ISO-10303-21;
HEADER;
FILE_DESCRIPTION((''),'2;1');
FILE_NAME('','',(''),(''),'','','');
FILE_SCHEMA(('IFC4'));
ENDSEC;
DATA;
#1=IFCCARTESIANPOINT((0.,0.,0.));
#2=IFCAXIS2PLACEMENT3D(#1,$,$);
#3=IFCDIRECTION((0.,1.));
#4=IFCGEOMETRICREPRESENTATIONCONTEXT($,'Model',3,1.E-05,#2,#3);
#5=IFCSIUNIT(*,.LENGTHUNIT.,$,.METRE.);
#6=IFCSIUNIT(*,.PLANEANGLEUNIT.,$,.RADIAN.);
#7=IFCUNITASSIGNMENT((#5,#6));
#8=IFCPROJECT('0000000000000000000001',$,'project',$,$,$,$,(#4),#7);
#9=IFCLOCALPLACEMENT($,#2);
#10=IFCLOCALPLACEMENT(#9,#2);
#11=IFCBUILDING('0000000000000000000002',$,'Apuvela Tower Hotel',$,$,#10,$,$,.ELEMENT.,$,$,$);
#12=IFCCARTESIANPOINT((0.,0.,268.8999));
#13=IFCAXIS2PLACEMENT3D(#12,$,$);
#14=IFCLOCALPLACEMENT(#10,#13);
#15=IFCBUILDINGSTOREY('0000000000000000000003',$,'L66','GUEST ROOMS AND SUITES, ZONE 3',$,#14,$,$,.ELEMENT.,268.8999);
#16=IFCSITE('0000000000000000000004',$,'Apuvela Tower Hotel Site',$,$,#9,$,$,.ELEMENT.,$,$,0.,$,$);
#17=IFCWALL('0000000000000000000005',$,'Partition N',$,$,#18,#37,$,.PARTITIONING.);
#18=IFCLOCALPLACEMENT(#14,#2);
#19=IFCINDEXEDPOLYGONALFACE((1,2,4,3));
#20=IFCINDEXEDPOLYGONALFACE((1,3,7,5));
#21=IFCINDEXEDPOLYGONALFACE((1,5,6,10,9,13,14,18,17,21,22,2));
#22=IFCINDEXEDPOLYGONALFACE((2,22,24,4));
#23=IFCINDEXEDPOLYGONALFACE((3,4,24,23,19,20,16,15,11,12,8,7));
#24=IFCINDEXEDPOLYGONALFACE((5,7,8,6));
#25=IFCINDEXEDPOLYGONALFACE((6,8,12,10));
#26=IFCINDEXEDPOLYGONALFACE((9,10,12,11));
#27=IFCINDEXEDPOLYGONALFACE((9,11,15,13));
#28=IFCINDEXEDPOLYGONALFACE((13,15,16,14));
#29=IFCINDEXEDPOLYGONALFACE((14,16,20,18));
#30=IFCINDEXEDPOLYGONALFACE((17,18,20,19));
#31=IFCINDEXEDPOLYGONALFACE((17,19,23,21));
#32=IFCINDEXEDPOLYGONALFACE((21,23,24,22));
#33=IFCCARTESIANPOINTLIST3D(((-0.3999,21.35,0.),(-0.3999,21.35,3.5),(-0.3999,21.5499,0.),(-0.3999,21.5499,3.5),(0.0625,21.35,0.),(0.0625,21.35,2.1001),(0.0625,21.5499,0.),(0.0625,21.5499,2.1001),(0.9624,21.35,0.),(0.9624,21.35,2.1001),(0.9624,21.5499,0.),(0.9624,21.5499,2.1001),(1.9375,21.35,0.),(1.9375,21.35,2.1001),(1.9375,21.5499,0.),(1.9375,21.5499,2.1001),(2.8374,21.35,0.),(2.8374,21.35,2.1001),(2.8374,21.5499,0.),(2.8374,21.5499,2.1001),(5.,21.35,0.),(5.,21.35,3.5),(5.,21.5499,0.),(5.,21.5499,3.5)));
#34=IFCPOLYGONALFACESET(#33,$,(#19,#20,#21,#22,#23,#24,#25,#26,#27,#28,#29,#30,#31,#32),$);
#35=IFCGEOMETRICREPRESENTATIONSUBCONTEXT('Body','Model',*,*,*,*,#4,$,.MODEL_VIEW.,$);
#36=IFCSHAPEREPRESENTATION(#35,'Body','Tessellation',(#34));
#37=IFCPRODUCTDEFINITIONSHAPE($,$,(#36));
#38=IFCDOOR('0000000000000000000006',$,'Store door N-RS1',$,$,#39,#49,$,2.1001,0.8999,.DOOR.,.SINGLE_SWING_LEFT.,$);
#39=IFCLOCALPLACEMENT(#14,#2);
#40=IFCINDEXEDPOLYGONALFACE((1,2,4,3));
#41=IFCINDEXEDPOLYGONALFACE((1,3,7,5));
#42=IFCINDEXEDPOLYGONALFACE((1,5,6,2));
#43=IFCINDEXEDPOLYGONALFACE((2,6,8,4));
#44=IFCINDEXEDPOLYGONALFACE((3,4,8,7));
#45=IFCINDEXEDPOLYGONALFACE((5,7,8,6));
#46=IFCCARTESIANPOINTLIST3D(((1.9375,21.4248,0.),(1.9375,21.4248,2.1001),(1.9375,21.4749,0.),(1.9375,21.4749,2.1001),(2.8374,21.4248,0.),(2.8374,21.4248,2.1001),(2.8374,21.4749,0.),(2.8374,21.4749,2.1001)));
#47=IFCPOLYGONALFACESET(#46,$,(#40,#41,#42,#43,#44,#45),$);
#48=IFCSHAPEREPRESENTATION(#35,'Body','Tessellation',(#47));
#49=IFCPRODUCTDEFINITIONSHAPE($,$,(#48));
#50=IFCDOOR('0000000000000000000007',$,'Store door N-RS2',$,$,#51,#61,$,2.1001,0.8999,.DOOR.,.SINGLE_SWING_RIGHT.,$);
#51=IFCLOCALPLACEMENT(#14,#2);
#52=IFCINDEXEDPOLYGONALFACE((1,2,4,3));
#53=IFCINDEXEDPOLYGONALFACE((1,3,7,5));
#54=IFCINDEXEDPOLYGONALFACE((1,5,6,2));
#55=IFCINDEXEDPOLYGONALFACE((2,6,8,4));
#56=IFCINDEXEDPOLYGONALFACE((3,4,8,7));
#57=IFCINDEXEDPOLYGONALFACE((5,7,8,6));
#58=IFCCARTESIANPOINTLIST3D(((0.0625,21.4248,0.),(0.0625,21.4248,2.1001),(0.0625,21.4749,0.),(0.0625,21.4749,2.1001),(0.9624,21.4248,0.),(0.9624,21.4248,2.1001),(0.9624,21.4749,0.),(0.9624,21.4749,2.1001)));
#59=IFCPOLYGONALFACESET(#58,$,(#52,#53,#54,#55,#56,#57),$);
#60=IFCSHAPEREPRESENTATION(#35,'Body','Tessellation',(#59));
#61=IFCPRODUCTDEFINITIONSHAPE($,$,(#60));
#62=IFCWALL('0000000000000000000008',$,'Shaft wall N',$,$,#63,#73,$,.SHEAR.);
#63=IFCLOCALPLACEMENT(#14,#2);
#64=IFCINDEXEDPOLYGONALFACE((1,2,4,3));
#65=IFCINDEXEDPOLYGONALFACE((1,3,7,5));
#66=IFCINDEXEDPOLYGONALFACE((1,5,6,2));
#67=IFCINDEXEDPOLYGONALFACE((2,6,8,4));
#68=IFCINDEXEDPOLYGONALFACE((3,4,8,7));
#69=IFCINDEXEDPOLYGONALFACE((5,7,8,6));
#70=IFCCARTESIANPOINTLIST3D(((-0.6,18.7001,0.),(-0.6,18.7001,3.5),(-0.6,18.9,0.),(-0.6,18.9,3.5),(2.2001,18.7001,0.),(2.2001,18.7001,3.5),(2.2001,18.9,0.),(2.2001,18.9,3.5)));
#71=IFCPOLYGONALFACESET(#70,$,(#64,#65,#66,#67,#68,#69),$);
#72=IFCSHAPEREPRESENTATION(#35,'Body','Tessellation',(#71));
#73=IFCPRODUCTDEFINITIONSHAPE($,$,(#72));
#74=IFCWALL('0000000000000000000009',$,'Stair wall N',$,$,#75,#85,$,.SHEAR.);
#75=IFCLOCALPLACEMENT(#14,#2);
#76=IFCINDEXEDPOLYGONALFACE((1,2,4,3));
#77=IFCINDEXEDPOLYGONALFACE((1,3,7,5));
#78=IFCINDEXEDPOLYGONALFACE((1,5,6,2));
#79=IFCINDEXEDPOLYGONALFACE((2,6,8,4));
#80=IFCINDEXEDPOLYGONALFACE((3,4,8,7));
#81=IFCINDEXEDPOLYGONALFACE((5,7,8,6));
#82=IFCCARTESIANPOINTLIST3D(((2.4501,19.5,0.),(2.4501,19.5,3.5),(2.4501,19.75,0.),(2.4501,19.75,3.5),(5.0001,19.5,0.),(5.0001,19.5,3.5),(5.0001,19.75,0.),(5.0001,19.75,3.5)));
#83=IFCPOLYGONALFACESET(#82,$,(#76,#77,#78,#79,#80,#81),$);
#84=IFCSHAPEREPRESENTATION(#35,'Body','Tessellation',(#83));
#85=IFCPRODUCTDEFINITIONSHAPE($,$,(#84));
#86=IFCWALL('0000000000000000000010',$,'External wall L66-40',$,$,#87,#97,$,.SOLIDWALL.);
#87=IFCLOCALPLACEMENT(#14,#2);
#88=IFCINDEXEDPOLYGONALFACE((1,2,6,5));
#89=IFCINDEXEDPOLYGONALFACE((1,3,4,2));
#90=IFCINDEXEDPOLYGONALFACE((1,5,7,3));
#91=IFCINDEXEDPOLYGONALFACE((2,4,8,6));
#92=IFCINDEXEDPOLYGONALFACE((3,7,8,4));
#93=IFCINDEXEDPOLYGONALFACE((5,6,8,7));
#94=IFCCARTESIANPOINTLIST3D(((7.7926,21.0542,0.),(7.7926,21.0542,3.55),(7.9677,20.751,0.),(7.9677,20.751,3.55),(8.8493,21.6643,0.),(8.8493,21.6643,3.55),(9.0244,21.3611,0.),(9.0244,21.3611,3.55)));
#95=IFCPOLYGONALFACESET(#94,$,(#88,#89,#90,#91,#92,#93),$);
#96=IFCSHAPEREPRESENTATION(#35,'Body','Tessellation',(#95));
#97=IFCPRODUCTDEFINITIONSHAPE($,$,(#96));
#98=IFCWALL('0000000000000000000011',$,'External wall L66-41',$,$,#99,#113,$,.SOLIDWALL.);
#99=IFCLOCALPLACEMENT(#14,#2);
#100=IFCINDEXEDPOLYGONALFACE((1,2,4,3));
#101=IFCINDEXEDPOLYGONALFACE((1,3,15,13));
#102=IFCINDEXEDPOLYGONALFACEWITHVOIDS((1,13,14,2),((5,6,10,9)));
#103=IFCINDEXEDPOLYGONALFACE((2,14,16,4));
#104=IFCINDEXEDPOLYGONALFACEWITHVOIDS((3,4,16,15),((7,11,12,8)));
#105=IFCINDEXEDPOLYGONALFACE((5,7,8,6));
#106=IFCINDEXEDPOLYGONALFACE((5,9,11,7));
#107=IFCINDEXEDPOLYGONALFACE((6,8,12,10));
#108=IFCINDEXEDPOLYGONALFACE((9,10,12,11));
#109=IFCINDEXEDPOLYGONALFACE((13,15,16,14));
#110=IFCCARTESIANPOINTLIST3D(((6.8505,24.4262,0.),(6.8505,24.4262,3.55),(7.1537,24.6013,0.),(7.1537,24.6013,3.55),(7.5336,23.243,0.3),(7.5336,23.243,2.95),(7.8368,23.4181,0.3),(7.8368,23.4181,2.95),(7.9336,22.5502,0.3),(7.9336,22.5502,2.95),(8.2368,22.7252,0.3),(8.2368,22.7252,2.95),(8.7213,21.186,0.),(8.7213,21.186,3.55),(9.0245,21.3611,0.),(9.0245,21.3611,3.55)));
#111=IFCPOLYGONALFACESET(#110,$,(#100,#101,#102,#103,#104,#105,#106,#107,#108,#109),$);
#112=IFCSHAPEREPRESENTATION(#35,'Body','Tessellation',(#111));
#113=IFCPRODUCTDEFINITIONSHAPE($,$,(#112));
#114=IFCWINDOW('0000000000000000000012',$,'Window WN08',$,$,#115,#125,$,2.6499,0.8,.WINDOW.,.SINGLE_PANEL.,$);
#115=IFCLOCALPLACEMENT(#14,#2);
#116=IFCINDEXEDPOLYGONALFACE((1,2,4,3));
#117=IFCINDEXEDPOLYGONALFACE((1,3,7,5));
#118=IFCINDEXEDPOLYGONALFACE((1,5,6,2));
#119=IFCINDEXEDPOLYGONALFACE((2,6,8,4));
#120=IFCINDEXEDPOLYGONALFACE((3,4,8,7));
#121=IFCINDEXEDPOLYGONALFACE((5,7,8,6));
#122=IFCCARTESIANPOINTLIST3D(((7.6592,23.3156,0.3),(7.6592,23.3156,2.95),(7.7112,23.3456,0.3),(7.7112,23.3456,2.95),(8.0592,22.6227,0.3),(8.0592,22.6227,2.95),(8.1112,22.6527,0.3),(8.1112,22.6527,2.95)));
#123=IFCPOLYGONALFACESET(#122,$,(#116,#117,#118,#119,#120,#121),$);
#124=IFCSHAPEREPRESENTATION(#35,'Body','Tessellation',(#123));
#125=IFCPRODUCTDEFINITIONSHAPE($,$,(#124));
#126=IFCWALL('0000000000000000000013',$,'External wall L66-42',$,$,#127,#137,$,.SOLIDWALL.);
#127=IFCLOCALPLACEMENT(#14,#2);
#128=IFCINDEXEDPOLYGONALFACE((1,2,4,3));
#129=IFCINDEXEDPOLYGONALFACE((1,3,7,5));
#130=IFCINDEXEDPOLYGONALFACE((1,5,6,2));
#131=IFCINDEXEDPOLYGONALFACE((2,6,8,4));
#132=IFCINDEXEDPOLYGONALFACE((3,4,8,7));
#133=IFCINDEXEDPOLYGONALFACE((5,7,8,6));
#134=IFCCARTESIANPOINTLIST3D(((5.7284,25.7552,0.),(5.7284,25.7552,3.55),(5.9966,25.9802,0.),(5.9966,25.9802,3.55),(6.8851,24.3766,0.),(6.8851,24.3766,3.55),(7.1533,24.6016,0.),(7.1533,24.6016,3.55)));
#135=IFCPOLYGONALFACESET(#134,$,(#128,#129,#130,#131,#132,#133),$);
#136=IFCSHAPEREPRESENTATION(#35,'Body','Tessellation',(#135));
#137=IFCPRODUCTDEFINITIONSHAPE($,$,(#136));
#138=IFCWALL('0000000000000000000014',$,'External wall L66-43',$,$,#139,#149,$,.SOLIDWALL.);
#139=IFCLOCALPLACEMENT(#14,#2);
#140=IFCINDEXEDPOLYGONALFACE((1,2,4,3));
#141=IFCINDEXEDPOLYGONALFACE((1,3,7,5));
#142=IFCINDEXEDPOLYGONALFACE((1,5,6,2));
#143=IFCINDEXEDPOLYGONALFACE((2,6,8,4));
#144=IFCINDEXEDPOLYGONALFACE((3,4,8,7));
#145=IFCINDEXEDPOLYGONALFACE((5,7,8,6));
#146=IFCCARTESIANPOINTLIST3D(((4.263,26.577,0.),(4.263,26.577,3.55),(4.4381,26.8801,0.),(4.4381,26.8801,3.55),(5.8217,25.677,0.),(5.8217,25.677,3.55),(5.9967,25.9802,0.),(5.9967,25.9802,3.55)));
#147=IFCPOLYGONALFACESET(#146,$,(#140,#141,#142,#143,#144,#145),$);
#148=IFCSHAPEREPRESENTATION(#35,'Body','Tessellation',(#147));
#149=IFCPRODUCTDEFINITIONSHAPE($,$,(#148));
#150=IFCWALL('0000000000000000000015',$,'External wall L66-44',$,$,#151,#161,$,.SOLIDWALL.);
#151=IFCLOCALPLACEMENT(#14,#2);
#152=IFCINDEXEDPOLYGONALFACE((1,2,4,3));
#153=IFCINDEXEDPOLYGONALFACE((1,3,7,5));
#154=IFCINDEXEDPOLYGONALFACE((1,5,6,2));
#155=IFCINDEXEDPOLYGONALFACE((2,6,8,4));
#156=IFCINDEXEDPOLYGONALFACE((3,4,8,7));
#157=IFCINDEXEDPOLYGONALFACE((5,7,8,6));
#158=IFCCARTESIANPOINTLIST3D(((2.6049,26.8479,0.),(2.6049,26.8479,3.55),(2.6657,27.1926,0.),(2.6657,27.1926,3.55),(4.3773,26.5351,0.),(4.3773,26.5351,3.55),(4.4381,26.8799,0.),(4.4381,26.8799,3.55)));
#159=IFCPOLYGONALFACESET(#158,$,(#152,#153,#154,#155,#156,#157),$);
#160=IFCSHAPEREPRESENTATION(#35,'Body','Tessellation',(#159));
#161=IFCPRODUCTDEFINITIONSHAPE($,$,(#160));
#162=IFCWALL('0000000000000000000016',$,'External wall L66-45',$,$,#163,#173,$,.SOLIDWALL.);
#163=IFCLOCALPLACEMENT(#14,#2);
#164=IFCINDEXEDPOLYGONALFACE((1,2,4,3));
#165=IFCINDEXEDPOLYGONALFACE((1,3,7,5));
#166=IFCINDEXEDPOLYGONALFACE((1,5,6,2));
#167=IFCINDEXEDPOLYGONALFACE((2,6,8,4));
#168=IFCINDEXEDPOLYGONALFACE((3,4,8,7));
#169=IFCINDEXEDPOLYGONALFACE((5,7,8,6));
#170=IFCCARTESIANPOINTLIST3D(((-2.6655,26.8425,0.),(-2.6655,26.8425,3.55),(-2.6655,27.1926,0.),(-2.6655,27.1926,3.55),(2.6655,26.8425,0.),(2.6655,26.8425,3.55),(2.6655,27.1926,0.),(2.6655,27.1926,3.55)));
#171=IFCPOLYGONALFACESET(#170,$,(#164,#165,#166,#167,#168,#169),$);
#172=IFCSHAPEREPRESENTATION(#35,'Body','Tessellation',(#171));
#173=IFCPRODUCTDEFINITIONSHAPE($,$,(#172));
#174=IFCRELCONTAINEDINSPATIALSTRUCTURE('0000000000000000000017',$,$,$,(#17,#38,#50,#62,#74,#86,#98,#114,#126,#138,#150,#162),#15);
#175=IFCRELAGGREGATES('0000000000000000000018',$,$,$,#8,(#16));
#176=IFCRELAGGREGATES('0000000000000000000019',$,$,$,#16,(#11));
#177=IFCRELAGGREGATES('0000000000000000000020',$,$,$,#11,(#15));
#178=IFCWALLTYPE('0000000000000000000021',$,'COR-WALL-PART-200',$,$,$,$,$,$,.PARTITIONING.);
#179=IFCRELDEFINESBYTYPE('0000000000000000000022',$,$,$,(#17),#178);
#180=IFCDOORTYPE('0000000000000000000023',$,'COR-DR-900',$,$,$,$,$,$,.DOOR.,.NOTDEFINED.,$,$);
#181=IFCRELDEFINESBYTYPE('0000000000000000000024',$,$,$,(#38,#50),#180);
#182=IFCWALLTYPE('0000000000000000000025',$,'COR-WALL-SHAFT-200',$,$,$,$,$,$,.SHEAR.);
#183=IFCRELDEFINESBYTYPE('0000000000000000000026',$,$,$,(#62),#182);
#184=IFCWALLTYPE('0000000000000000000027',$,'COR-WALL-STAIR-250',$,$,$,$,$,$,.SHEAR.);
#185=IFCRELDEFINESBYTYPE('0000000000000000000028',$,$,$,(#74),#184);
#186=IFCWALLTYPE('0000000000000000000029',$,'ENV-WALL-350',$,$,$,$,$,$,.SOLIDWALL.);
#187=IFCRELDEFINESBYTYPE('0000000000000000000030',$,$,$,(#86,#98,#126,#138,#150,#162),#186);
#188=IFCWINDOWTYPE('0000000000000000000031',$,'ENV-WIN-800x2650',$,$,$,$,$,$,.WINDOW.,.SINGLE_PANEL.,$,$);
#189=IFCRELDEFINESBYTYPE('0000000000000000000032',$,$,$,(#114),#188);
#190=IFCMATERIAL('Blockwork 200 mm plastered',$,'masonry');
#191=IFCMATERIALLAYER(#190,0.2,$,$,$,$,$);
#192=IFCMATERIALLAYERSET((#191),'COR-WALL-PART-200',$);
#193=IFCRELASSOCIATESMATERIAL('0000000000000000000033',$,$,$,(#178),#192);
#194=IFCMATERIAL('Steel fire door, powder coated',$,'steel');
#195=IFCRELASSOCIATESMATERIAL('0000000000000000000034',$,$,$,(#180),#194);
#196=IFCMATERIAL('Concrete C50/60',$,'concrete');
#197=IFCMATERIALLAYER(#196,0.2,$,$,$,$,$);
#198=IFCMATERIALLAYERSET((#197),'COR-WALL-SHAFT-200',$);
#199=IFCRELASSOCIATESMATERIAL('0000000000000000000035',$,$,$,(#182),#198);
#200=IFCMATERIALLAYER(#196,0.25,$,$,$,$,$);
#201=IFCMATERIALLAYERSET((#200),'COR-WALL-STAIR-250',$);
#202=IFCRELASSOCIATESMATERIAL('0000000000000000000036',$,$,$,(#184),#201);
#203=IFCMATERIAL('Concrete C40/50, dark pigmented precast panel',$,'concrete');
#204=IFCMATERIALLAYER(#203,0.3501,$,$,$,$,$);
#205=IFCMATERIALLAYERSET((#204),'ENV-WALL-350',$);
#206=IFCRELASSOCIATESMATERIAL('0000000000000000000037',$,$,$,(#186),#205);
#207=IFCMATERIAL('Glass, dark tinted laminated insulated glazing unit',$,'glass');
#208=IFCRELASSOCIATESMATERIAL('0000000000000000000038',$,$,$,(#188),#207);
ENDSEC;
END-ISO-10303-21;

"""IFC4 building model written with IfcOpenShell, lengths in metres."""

from ifc_helpers import new_model, si_unit, direction, frame, frame_2d, origin, place, context, subcontext, project, spatial, rectangle, extrude, material, layer, layer_set, type_object, element, fill, save


model = new_model("IFC4")

# Units and contexts
model_context = context("Model", 3, precision=1e-05, world=origin(), true_north=direction((0.0, 1.0)))
body_context = subcontext(model_context, "Body", "Model", "MODEL_VIEW")
ifc_project = project(units=[si_unit("LENGTHUNIT", "METRE"), si_unit("PLANEANGLEUNIT", "RADIAN")], contexts=[model_context])

# Site, building, storey
site_placement = place(None, origin())
site = spatial("IfcSite", under=ifc_project, at=site_placement, Name="Apuvela Tower Hotel Site", CompositionType="ELEMENT", RefElevation=0.0)
building_placement = place(site_placement, origin())
building = spatial("IfcBuilding", under=site, at=building_placement, Name="Apuvela Tower Hotel", CompositionType="ELEMENT")
storey_placement = place(building_placement, frame((0.0, 0.0, 268.8999)))
storey = spatial("IfcBuildingStorey", under=building, at=storey_placement, Name="L66", Description="GUEST ROOMS AND SUITES, ZONE 3", CompositionType="ELEMENT", Elevation=268.8999)

# Wall, openings, doors
ifc_material_1 = material(Name="Blockwork 200 mm plastered", Category="masonry")
ifc_layer_1 = layer(ifc_material_1, 0.2)
ifc_layer_set_1 = layer_set([ifc_layer_1], Name="COR-WALL-PART-200")
wall_type_1 = type_object("IfcWallType", Name="COR-WALL-PART-200", PredefinedType="PARTITIONING", material=ifc_layer_set_1)
wall_1_placement = place(storey_placement, frame((5.0, 21.45, 0.0), z_axis=(0.0, 0.0, 1.0), x_axis=(-1.0, 0.0, 0.0)))
wall_1 = element("IfcWall", 1, at=wall_1_placement, inside=storey, type_object=wall_type_1, Name="Partition N", PredefinedType="PARTITIONING", context=body_context, shape_type="SweptSolid", body=[
    extrude(rectangle(XDim=5.3999, YDim=0.2, at=frame_2d((2.7, 0.0))), origin(), (0.0, 0.0, 1.0), 3.5),
])
opening_1_placement = place(wall_1_placement, frame((2.1626, 0.0, 0.0)))
opening_1 = element("IfcOpeningElement", 2, at=opening_1_placement, cuts=wall_1, PredefinedType="OPENING", context=body_context, shape_type="SweptSolid", body=[
    extrude(rectangle(XDim=0.8999, YDim=2.1001, at=frame_2d((0.45, 1.05))), frame((0.0, 0.1099, 0.0), z_axis=(0.0, -1.0, 0.0), x_axis=(1.0, 0.0, 0.0)), (0.0, 0.0, 1.0), 0.22),
])
opening_2_placement = place(wall_1_placement, frame((4.0376, 0.0, 0.0)))
opening_2 = element("IfcOpeningElement", 3, at=opening_2_placement, cuts=wall_1, PredefinedType="OPENING", context=body_context, shape_type="SweptSolid", body=[
    extrude(rectangle(XDim=0.8999, YDim=2.1001, at=frame_2d((0.45, 1.05))), frame((0.0, 0.1099, 0.0), z_axis=(0.0, -1.0, 0.0), x_axis=(1.0, 0.0, 0.0)), (0.0, 0.0, 1.0), 0.22),
])
ifc_material_2 = material(Name="Steel fire door, powder coated", Category="steel")
door_type_1 = type_object("IfcDoorType", Name="COR-DR-900", OperationType="NOTDEFINED", PredefinedType="DOOR", material=ifc_material_2)
door_1_placement = place(opening_1_placement, frame((0.8999, 0.0, 0.0), z_axis=(0.0, 0.0, 1.0), x_axis=(-1.0, 0.0, 0.0)))
door_1 = element("IfcDoor", 4, at=door_1_placement, inside=storey, type_object=door_type_1, Name="Store door N-RS1", OperationType="SINGLE_SWING_LEFT", OverallHeight=2.1001, OverallWidth=0.8999, PredefinedType="DOOR", context=body_context, shape_type="SweptSolid", body=[
    extrude(rectangle(XDim=0.8999, YDim=2.1001, at=frame_2d((0.45, 1.05))), frame((0.0, 0.0249, 0.0), z_axis=(0.0, -1.0, 0.0), x_axis=(1.0, 0.0, 0.0)), (0.0, 0.0, 1.0), 0.05),
])
fill(opening_1, door_1)
door_2_placement = place(opening_2_placement, frame((0.8999, 0.0, 0.0), z_axis=(0.0, 0.0, 1.0), x_axis=(-1.0, 0.0, 0.0)))
door_2 = element("IfcDoor", 5, at=door_2_placement, inside=storey, type_object=door_type_1, Name="Store door N-RS2", OperationType="SINGLE_SWING_RIGHT", OverallHeight=2.1001, OverallWidth=0.8999, PredefinedType="DOOR", context=body_context, shape_type="SweptSolid", body=[
    extrude(rectangle(XDim=0.8999, YDim=2.1001, at=frame_2d((0.45, 1.05))), frame((0.0, 0.0249, 0.0), z_axis=(0.0, -1.0, 0.0), x_axis=(1.0, 0.0, 0.0)), (0.0, 0.0, 1.0), 0.05),
])
fill(opening_2, door_2)

# Walls
ifc_material_3 = material(Name="Concrete C50/60", Category="concrete")
ifc_layer_2 = layer(ifc_material_3, 0.2)
ifc_layer_set_2 = layer_set([ifc_layer_2], Name="COR-WALL-SHAFT-200")
wall_type_2 = type_object("IfcWallType", Name="COR-WALL-SHAFT-200", PredefinedType="SHEAR", material=ifc_layer_set_2)
wall_2_placement = place(storey_placement, frame((2.2, 18.8, 0.0), z_axis=(0.0, 0.0, 1.0), x_axis=(-1.0, 0.0, 0.0)))
element("IfcWall", 6, at=wall_2_placement, inside=storey, type_object=wall_type_2, Name="Shaft wall N", PredefinedType="SHEAR", context=body_context, shape_type="SweptSolid", body=[
    extrude(rectangle(XDim=2.8, YDim=0.2, at=frame_2d((1.3999, 0.0))), origin(), (0.0, 0.0, 1.0), 3.5),
])
ifc_layer_3 = layer(ifc_material_3, 0.25)
ifc_layer_set_3 = layer_set([ifc_layer_3], Name="COR-WALL-STAIR-250")
wall_type_3 = type_object("IfcWallType", Name="COR-WALL-STAIR-250", PredefinedType="SHEAR", material=ifc_layer_set_3)
wall_3_placement = place(storey_placement, frame((5.0, 19.625, 0.0), z_axis=(0.0, 0.0, 1.0), x_axis=(-1.0, 0.0, 0.0)))
element("IfcWall", 7, at=wall_3_placement, inside=storey, type_object=wall_type_3, Name="Stair wall N", PredefinedType="SHEAR", context=body_context, shape_type="SweptSolid", body=[
    extrude(rectangle(XDim=2.55, YDim=0.25, at=frame_2d((1.2749, 0.0))), origin(), (0.0, 0.0, 1.0), 3.5),
])
ifc_material_4 = material(Name="Concrete C40/50, dark pigmented precast panel", Category="concrete")
ifc_layer_4 = layer(ifc_material_4, 0.3501)
ifc_layer_set_4 = layer_set([ifc_layer_4], Name="ENV-WALL-350")
wall_type_4 = type_object("IfcWallType", Name="ENV-WALL-350", PredefinedType="SOLIDWALL", material=ifc_layer_set_4)
wall_4_placement = place(storey_placement, frame((7.8801, 20.9026, 0.0), z_axis=(0.0, 0.0, 1.0), x_axis=(0.866006, 0.500034, 0.0)))
element("IfcWall", 8, at=wall_4_placement, inside=storey, type_object=wall_type_4, Name="External wall L66-40", PredefinedType="SOLIDWALL", context=body_context, shape_type="SweptSolid", body=[
    extrude(rectangle(XDim=1.2202, YDim=0.3501, at=frame_2d((0.6101, 0.0))), origin(), (0.0, 0.0, 1.0), 3.55),
])

# Wall, opening, window
wall_5_placement = place(storey_placement, frame((8.8728, 21.2737, 0.0), z_axis=(0.0, 0.0, 1.0), x_axis=(-0.50002, 0.866014, 0.0)))
wall_5 = element("IfcWall", 9, at=wall_5_placement, inside=storey, type_object=wall_type_4, Name="External wall L66-41", PredefinedType="SOLIDWALL", context=body_context, shape_type="SweptSolid", body=[
    extrude(rectangle(XDim=3.7415, YDim=0.3501, at=frame_2d((1.8706, 0.0))), origin(), (0.0, 0.0, 1.0), 3.55),
])
opening_3_placement = place(wall_5_placement, frame((1.5752, 0.0, 0.3)))
opening_3 = element("IfcOpeningElement", 10, at=opening_3_placement, cuts=wall_5, PredefinedType="OPENING", context=body_context, shape_type="SweptSolid", body=[
    extrude(rectangle(XDim=0.8, YDim=2.6499, at=frame_2d((0.3999, 1.325))), frame((0.0, 0.1851, 0.0), z_axis=(0.0, -1.0, 0.0), x_axis=(1.0, 0.0, 0.0)), (0.0, 0.0, 1.0), 0.3701),
])
ifc_material_5 = material(Name="Glass, dark tinted laminated insulated glazing unit", Category="glass")
window_type = type_object("IfcWindowType", Name="ENV-WIN-800x2650", PartitioningType="SINGLE_PANEL", PredefinedType="WINDOW", material=ifc_material_5)
window_placement = place(opening_3_placement, origin())
window = element("IfcWindow", 11, at=window_placement, inside=storey, type_object=window_type, Name="Window WN08", OverallHeight=2.6499, OverallWidth=0.8, PartitioningType="SINGLE_PANEL", PredefinedType="WINDOW", context=body_context, shape_type="SweptSolid", body=[
    extrude(rectangle(XDim=0.8, YDim=2.6499, at=frame_2d((0.3999, 1.325))), frame((0.0, 0.03, 0.0), z_axis=(0.0, -1.0, 0.0), x_axis=(1.0, 0.0, 0.0)), (0.0, 0.0, 1.0), 0.0601),
])
fill(opening_3, window)

# Walls
wall_6_placement = place(storey_placement, frame((7.0193, 24.489, 0.0), z_axis=(0.0, 0.0, 1.0), x_axis=(-0.642756, 0.766071, 0.0)))
element("IfcWall", 12, at=wall_6_placement, inside=storey, type_object=wall_type_4, Name="External wall L66-42", PredefinedType="SOLIDWALL", context=body_context, shape_type="SweptSolid", body=[
    extrude(rectangle(XDim=1.7996, YDim=0.3501, at=frame_2d((0.8999, 0.0))), origin(), (0.0, 0.0, 1.0), 3.55),
])
for number, where, z_axis, x_axis, name in (
    (13, (5.9092, 25.8286, 0.0), (0.0, 0.0, 1.0), (-0.866014, 0.50002, 0.0), "External wall L66-43"),
    (14, (4.4077, 26.7075, 0.0), (0.0, 0.0, 1.0), (-0.984788, 0.173762, 0.0), "External wall L66-44"),
):
    element("IfcWall", number, at=place(storey_placement, frame(where, z_axis=z_axis, x_axis=x_axis)), inside=storey, type_object=wall_type_4, Name=name, PredefinedType="SOLIDWALL", context=body_context, shape_type="SweptSolid", body=[
        extrude(rectangle(XDim=1.7998, YDim=0.3501, at=frame_2d((0.8999, 0.0))), origin(), (0.0, 0.0, 1.0), 3.55),
    ])
wall_7_placement = place(storey_placement, frame((2.6655, 27.0176, 0.0), z_axis=(0.0, 0.0, 1.0), x_axis=(-1.0, 0.0, 0.0)))
element("IfcWall", 15, at=wall_7_placement, inside=storey, type_object=wall_type_4, Name="External wall L66-45", PredefinedType="SOLIDWALL", context=body_context, shape_type="SweptSolid", body=[
    extrude(rectangle(XDim=5.3311, YDim=0.3501, at=frame_2d((2.6655, 0.0))), origin(), (0.0, 0.0, 1.0), 3.55),
])

save(model, "model.ifc")
